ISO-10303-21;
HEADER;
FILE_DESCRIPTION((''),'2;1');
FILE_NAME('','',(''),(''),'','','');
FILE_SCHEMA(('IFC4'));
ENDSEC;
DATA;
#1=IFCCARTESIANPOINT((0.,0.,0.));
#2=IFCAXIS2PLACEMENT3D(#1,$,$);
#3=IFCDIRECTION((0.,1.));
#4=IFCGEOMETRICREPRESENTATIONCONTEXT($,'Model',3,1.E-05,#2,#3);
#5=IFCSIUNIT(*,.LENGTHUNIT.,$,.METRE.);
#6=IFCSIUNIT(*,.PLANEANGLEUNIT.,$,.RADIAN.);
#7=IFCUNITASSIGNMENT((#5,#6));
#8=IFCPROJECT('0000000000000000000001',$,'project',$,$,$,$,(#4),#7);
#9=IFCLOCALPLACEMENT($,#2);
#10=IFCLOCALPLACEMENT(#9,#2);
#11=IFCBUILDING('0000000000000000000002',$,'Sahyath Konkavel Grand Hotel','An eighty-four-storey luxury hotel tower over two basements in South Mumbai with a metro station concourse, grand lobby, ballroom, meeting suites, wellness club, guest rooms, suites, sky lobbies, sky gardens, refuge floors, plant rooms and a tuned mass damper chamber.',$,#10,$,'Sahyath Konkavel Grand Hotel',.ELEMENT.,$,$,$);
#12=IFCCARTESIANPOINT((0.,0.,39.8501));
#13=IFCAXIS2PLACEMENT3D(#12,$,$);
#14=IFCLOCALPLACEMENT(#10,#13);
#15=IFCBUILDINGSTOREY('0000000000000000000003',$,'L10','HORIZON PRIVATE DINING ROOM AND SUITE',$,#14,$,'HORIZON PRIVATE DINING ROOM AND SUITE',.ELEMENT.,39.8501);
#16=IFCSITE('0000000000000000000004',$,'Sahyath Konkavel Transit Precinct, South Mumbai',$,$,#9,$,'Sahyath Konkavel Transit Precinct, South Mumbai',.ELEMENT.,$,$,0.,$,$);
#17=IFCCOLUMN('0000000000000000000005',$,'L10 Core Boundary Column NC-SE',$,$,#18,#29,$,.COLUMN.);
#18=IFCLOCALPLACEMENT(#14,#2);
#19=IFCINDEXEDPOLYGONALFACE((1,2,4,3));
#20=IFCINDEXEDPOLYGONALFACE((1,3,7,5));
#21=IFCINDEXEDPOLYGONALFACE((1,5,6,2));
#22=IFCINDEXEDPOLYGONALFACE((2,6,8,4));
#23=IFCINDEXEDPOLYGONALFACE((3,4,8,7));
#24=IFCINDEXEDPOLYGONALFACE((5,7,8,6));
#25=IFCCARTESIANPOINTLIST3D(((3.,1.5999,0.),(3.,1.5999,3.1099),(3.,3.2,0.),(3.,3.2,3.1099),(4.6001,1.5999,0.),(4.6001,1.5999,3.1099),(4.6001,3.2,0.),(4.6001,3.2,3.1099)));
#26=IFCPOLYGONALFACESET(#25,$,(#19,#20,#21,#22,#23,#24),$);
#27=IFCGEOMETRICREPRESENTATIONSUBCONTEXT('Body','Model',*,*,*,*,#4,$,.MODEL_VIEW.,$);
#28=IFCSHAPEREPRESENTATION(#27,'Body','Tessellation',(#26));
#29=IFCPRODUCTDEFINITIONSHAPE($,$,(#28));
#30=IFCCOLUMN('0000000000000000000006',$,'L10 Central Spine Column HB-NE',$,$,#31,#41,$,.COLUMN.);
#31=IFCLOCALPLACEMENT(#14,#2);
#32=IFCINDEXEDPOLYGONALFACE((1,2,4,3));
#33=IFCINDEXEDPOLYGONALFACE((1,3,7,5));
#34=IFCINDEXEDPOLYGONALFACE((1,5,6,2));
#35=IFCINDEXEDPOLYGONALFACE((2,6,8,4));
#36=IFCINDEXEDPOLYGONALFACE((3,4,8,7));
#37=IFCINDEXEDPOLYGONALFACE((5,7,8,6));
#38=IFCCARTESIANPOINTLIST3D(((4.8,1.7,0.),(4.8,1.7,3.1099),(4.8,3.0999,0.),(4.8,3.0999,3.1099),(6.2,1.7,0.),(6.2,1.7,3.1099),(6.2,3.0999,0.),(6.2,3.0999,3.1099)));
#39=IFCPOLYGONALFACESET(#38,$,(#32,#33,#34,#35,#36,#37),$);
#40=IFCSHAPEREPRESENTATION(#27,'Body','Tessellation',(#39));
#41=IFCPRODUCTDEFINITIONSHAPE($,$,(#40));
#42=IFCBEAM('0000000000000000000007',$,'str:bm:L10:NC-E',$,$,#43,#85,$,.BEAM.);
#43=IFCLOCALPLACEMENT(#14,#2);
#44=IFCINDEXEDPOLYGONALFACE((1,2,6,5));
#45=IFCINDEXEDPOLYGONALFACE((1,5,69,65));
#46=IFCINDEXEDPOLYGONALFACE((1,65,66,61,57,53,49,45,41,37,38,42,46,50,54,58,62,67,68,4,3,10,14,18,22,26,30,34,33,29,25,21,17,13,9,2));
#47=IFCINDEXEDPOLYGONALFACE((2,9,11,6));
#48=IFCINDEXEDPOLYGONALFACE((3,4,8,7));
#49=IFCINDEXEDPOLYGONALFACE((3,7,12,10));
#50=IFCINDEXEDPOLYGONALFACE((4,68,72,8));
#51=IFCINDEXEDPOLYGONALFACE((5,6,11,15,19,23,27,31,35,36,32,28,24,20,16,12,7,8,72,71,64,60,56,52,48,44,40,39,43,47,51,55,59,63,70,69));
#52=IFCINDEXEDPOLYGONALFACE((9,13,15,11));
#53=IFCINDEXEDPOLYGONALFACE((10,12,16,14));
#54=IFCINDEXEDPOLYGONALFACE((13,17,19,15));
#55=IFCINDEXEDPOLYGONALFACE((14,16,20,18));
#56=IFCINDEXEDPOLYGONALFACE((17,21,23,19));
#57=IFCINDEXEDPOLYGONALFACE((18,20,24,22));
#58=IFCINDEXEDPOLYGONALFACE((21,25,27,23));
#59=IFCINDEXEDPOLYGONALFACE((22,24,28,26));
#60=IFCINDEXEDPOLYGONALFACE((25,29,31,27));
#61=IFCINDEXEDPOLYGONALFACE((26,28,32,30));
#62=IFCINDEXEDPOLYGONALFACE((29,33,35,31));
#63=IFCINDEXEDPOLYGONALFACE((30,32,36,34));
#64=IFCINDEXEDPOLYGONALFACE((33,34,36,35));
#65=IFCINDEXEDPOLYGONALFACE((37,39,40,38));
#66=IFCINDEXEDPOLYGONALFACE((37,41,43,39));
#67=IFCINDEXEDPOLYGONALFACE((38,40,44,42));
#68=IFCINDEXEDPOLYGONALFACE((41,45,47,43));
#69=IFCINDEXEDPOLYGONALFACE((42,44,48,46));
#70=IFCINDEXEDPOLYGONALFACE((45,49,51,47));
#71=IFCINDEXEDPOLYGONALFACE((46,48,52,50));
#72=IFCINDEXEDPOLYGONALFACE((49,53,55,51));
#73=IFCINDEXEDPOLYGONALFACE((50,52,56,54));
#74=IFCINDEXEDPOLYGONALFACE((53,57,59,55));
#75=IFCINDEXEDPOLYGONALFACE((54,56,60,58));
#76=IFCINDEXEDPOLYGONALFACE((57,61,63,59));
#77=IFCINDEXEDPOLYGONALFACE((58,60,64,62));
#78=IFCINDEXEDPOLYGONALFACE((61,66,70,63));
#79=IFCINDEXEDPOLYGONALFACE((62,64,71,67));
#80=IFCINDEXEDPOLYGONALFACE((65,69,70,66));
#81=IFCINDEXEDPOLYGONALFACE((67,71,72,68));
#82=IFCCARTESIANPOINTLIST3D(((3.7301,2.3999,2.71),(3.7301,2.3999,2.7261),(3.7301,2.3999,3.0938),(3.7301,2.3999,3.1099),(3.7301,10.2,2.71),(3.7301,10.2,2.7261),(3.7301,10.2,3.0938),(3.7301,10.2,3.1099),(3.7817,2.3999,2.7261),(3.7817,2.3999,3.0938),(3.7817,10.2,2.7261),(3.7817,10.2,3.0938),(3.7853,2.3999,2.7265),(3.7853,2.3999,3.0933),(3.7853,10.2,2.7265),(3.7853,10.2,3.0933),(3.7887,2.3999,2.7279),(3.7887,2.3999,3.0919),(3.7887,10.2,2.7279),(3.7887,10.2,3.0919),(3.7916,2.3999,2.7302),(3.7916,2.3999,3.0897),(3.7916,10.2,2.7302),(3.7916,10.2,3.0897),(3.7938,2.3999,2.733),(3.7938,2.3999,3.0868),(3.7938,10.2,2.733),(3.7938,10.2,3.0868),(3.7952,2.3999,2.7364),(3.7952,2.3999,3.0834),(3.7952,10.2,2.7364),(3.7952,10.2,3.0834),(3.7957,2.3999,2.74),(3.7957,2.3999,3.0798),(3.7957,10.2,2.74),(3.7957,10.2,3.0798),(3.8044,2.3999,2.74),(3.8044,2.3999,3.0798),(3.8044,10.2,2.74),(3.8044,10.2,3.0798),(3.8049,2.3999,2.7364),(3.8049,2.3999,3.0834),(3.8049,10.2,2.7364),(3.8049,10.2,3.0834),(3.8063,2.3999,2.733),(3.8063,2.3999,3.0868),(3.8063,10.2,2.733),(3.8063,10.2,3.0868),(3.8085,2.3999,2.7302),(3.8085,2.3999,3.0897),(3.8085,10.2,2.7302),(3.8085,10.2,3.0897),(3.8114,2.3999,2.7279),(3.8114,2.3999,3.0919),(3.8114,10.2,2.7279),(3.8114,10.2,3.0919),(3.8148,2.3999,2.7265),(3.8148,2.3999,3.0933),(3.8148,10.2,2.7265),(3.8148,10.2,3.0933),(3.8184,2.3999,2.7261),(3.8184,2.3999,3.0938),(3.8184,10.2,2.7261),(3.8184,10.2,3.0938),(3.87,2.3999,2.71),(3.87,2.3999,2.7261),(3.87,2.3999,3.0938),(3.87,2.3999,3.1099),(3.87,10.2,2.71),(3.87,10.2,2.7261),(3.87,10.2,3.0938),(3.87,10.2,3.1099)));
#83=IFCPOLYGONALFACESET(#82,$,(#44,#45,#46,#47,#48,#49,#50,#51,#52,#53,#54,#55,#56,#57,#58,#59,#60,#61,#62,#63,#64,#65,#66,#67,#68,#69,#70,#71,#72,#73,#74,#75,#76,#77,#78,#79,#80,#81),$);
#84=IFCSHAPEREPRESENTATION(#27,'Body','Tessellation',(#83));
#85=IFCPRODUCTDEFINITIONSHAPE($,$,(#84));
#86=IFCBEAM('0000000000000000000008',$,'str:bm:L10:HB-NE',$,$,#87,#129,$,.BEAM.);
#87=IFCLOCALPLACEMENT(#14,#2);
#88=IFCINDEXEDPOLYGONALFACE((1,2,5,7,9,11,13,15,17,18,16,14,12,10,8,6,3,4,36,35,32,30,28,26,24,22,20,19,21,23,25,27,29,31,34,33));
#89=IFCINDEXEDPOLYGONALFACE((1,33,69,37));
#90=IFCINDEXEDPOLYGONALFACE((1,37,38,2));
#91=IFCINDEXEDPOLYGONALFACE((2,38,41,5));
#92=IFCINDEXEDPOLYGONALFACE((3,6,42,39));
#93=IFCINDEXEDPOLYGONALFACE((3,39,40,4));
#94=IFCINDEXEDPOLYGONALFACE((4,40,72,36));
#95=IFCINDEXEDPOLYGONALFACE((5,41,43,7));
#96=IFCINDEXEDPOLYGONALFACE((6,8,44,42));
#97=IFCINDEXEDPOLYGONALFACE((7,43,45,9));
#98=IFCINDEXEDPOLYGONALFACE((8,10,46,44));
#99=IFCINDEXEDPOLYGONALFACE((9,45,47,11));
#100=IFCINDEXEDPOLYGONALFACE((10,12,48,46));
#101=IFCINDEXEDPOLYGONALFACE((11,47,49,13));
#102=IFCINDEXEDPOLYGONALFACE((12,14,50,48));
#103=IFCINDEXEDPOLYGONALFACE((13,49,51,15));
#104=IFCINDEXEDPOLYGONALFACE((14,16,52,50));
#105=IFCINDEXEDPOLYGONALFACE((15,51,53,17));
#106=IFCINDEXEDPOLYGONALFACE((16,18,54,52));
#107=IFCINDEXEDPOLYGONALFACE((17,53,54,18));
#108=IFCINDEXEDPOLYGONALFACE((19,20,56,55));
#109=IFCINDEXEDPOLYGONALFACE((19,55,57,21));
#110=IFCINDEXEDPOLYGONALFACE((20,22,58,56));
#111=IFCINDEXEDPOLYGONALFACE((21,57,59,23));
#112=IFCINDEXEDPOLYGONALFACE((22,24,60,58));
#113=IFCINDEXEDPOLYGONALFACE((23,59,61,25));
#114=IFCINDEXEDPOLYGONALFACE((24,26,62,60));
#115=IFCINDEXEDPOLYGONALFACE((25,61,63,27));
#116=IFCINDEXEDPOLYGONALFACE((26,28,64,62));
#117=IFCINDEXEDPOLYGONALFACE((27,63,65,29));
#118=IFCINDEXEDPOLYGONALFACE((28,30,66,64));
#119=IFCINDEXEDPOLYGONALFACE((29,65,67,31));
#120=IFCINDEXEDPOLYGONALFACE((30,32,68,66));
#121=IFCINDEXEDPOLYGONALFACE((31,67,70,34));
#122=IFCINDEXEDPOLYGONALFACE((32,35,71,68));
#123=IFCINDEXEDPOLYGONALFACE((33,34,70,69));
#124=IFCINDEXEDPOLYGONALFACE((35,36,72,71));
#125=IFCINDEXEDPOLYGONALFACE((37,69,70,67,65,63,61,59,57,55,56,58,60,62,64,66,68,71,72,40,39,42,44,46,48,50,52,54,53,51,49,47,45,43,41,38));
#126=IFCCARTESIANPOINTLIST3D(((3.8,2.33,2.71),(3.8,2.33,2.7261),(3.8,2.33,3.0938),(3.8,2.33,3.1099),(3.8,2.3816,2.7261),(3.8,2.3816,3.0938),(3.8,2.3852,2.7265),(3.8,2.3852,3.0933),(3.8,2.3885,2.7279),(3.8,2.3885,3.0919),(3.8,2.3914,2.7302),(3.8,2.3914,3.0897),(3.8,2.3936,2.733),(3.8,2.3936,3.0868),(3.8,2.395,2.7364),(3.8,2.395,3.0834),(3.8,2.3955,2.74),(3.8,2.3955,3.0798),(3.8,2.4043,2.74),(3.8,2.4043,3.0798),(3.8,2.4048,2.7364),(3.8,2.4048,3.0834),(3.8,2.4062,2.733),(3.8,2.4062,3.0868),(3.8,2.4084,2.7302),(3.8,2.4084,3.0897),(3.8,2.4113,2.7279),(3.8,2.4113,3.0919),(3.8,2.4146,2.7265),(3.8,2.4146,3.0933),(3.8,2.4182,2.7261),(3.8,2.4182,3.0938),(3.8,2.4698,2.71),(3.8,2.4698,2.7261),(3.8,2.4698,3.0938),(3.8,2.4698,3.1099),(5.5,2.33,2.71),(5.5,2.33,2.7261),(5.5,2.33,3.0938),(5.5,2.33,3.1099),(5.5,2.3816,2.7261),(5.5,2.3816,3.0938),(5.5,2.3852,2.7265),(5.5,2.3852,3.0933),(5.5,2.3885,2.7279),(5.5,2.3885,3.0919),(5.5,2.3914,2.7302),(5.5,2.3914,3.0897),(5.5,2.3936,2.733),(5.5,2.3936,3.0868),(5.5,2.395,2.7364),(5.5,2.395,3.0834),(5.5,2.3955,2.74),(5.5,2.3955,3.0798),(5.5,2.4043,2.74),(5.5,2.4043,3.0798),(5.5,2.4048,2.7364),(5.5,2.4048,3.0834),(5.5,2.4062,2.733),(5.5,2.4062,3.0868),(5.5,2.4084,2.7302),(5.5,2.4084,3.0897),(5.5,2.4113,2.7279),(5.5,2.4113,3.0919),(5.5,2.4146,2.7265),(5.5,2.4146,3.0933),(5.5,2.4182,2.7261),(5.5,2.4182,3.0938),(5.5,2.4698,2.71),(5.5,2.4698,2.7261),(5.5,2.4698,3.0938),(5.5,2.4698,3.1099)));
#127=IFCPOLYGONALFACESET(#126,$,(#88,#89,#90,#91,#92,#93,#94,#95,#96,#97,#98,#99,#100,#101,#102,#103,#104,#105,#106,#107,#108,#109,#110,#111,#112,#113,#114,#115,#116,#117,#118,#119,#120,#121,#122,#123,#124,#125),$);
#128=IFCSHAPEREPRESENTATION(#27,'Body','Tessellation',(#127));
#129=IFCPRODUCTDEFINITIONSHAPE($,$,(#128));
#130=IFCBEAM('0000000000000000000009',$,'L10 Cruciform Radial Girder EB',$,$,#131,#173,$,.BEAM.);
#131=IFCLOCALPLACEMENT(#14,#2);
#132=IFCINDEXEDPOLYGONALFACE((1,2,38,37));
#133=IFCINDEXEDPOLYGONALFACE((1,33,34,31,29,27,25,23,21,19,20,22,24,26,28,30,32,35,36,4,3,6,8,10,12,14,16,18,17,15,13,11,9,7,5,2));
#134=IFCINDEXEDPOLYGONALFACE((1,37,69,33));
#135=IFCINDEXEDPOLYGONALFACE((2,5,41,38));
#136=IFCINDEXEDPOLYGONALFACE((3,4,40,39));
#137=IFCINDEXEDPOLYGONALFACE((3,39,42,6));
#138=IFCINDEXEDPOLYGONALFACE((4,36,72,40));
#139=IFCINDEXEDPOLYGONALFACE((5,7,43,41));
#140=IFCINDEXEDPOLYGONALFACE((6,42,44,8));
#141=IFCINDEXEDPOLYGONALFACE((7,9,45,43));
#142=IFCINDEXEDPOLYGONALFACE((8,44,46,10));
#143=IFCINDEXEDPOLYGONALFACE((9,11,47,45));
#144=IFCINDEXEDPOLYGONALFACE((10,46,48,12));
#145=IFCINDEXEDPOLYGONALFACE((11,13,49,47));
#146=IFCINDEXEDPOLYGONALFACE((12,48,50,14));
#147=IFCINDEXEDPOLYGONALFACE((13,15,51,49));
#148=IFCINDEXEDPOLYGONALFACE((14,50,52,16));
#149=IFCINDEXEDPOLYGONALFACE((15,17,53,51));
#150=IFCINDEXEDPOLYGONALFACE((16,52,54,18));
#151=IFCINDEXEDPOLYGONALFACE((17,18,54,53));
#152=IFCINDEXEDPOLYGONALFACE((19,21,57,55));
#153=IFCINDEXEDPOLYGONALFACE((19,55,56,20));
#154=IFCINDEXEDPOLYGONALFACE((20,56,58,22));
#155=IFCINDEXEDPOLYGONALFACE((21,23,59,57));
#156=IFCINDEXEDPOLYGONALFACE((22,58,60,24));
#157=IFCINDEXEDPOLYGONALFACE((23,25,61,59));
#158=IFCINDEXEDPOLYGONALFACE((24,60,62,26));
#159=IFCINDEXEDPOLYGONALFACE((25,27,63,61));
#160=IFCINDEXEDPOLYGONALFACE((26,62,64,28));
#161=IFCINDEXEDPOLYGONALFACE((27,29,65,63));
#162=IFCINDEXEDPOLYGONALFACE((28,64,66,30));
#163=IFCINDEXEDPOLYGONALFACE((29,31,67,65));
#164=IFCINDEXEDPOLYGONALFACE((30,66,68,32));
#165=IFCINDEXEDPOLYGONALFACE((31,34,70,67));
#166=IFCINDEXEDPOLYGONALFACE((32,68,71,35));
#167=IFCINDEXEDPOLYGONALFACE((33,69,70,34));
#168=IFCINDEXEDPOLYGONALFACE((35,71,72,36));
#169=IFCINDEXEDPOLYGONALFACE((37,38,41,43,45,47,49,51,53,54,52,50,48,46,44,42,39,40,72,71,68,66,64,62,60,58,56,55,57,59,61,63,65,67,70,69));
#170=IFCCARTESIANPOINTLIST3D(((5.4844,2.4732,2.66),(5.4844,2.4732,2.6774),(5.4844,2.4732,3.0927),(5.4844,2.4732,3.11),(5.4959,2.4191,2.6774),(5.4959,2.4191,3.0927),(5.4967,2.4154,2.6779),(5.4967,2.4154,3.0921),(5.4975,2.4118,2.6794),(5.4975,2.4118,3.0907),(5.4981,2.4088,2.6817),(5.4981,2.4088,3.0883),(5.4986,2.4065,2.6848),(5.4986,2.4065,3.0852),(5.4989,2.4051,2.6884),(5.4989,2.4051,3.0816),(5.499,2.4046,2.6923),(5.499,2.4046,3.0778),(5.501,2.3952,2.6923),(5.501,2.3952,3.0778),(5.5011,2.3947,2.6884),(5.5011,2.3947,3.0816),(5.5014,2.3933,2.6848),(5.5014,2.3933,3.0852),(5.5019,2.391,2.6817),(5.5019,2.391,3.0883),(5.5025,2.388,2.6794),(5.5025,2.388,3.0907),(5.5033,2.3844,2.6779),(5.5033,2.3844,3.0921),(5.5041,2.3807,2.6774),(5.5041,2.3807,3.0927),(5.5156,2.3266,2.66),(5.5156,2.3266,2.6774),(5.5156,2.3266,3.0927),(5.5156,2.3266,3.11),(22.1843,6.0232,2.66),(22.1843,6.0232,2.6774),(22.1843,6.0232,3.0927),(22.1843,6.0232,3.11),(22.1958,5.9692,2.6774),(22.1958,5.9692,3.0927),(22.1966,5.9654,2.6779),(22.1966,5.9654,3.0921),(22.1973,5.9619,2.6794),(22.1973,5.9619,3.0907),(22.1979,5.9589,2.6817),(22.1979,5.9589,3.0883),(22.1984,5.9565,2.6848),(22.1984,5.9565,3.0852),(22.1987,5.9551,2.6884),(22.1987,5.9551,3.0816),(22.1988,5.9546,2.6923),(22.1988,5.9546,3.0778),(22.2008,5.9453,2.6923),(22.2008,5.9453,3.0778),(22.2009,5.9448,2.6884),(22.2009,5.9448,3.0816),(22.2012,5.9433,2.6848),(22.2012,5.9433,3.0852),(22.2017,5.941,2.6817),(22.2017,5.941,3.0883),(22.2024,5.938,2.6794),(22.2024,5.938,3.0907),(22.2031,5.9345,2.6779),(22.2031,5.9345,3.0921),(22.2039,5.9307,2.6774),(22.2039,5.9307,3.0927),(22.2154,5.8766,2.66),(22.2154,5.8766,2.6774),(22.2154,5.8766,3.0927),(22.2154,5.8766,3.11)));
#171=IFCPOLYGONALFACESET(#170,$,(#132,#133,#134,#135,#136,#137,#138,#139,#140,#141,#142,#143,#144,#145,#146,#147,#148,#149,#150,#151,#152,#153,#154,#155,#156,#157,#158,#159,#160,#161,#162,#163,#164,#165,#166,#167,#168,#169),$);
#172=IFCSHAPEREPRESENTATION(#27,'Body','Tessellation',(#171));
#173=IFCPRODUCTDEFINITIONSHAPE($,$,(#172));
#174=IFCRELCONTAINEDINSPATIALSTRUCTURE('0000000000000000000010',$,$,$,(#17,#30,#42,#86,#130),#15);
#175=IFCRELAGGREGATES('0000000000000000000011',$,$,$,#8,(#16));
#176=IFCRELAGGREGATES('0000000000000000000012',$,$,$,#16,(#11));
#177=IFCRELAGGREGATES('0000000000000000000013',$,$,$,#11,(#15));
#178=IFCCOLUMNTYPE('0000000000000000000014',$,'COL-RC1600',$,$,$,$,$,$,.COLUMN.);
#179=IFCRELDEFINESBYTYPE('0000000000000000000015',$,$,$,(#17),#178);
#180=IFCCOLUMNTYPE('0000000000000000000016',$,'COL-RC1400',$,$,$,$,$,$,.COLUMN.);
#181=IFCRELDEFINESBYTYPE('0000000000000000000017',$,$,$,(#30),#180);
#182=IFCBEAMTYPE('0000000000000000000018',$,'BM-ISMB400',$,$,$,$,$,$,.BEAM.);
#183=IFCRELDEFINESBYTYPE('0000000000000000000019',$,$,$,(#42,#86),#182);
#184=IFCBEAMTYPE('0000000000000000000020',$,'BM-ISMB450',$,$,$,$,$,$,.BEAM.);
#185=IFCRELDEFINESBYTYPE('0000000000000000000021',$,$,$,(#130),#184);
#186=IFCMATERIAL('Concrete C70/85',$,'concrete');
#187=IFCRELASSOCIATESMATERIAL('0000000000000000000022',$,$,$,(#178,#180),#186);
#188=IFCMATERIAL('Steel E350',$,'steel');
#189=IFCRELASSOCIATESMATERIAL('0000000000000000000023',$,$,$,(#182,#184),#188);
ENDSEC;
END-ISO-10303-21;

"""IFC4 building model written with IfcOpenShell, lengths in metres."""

from ifc_helpers import new_model, si_unit, direction, frame, origin, origin_2d, place, context, subcontext, project, spatial, rectangle, i_section, extrude, source, transform, mapped, material, material_profile, profile_set, type_object, element, save


model = new_model("IFC4")

# Units and contexts
model_context = context("Model", 3, precision=1e-05, world=origin(), true_north=direction((0.0, 1.0)))
body_context = subcontext(model_context, "Body", "Model", "MODEL_VIEW")
ifc_project = project(units=[si_unit("LENGTHUNIT", "METRE"), si_unit("PLANEANGLEUNIT", "RADIAN")], contexts=[model_context])

# Site, building, storey
site_placement = place(None, origin())
site = spatial("IfcSite", under=ifc_project, at=site_placement, Name="Sahyath Konkavel Transit Precinct, South Mumbai", LongName="Sahyath Konkavel Transit Precinct, South Mumbai", CompositionType="ELEMENT", RefElevation=0.0)
building_placement = place(site_placement, origin())
building = spatial("IfcBuilding", under=site, at=building_placement, Name="Sahyath Konkavel Grand Hotel", Description="An eighty-four-storey luxury hotel tower over two basements in South Mumbai with a metro station concourse, grand lobby, ballroom, meeting suites, wellness club, guest rooms, suites, sky lobbies, sky gardens, refuge floors, plant rooms and a tuned mass damper chamber.", LongName="Sahyath Konkavel Grand Hotel", CompositionType="ELEMENT")
storey_placement = place(building_placement, frame((0.0, 0.0, 39.8501)))
storey = spatial("IfcBuildingStorey", under=building, at=storey_placement, Name="L10", Description="HORIZON PRIVATE DINING ROOM AND SUITE", LongName="HORIZON PRIVATE DINING ROOM AND SUITE", CompositionType="ELEMENT", Elevation=39.8501)

# Columns
ifc_material_1 = material(Name="Concrete C70/85", Category="concrete")
ifc_material_profile_1 = material_profile(ifc_material_1, rectangle(XDim=1.6001, YDim=1.6001, at=origin_2d()), Name="RC 1600x1600")
ifc_profile_set_1 = profile_set([ifc_material_profile_1], Name="Concrete C70/85")
column_type_1 = type_object("IfcColumnType", Name="COL-RC1600", PredefinedType="COLUMN", material=ifc_profile_set_1)
shared_shape_1 = source(origin(), body_context, "Body", "SweptSolid", [
    extrude(rectangle(XDim=1.6001, YDim=1.6001, at=origin_2d()), origin(), (0.0, 0.0, 1.0), 3.1099),
])
column_1_placement = place(storey_placement, frame((3.8, 2.3999, 0.0), z_axis=(0.0, 0.0, 1.0), x_axis=(1.0, 0.0, 0.0)))
element("IfcColumn", 1, at=column_1_placement, inside=storey, type_object=column_type_1, Name="L10 Core Boundary Column NC-SE", PredefinedType="COLUMN", context=body_context, shape_type="MappedRepresentation", body=[
    mapped(shared_shape_1, transform((0.0, 0.0, 0.0), scale=1.0)),
])
ifc_material_profile_2 = material_profile(ifc_material_1, rectangle(XDim=1.3999, YDim=1.3999, at=origin_2d()), Name="RC 1400x1400")
ifc_profile_set_2 = profile_set([ifc_material_profile_2], Name="Concrete C70/85")
column_type_2 = type_object("IfcColumnType", Name="COL-RC1400", PredefinedType="COLUMN", material=ifc_profile_set_2)
shared_shape_2 = source(origin(), body_context, "Body", "SweptSolid", [
    extrude(rectangle(XDim=1.3999, YDim=1.3999, at=origin_2d()), origin(), (0.0, 0.0, 1.0), 3.1099),
])
column_2_placement = place(storey_placement, frame((5.5, 2.3999, 0.0), z_axis=(0.0, 0.0, 1.0), x_axis=(1.0, 0.0, 0.0)))
element("IfcColumn", 2, at=column_2_placement, inside=storey, type_object=column_type_2, Name="L10 Central Spine Column HB-NE", PredefinedType="COLUMN", context=body_context, shape_type="MappedRepresentation", body=[
    mapped(shared_shape_2, transform((0.0, 0.0, 0.0), scale=1.0)),
])

# Beams
ifc_material_2 = material(Name="Steel E350", Category="steel")
ifc_material_profile_3 = material_profile(ifc_material_2, i_section(OverallWidth=0.1399, OverallDepth=0.3999, WebThickness=0.0088, FlangeThickness=0.0161, FilletRadius=0.0139, at=origin_2d()), Name="ISMB 400")
ifc_profile_set_3 = profile_set([ifc_material_profile_3], Name="Steel E350")
beam_type_1 = type_object("IfcBeamType", Name="BM-ISMB400", PredefinedType="BEAM", material=ifc_profile_set_3)
shared_shape_3 = source(origin(), body_context, "Body", "SweptSolid", [
    extrude(i_section(OverallWidth=0.1399, OverallDepth=0.3999, WebThickness=0.0088, FlangeThickness=0.0161, FilletRadius=0.0139, at=origin_2d()), origin(), (0.0, 0.0, 1.0), 7.8),
])
beam_1_placement = place(storey_placement, frame((3.8, 2.3999, 2.9099), z_axis=(0.0, 1.0, 0.0), x_axis=(-1.0, 0.0, 0.0)))
element("IfcBeam", 3, at=beam_1_placement, inside=storey, type_object=beam_type_1, Name="str:bm:L10:NC-E", PredefinedType="BEAM", context=body_context, shape_type="MappedRepresentation", body=[
    mapped(shared_shape_3, transform((0.0, 0.0, 0.0), scale=1.0)),
])
shared_shape_4 = source(origin(), body_context, "Body", "SweptSolid", [
    extrude(i_section(OverallWidth=0.1399, OverallDepth=0.3999, WebThickness=0.0088, FlangeThickness=0.0161, FilletRadius=0.0139, at=origin_2d()), origin(), (0.0, 0.0, 1.0), 1.7),
])
beam_2_placement = place(storey_placement, frame((3.8, 2.3999, 2.9099), z_axis=(1.0, 0.0, 0.0), x_axis=(0.0, 1.0, 0.0)))
element("IfcBeam", 4, at=beam_2_placement, inside=storey, type_object=beam_type_1, Name="str:bm:L10:HB-NE", PredefinedType="BEAM", context=body_context, shape_type="MappedRepresentation", body=[
    mapped(shared_shape_4, transform((0.0, 0.0, 0.0), scale=1.0)),
])
ifc_material_profile_4 = material_profile(ifc_material_2, i_section(OverallWidth=0.1499, OverallDepth=0.45, WebThickness=0.0095, FlangeThickness=0.0173, FilletRadius=0.0149, at=origin_2d()), Name="ISMB 450")
ifc_profile_set_4 = profile_set([ifc_material_profile_4], Name="Steel E350")
beam_type_2 = type_object("IfcBeamType", Name="BM-ISMB450", PredefinedType="BEAM", material=ifc_profile_set_4)
shared_shape_5 = source(origin(), body_context, "Body", "SweptSolid", [
    extrude(i_section(OverallWidth=0.1499, OverallDepth=0.45, WebThickness=0.0095, FlangeThickness=0.0173, FilletRadius=0.0149, at=origin_2d()), origin(), (0.0, 0.0, 1.0), 17.073),
])
beam_3_placement = place(storey_placement, frame((5.5, 2.3999, 2.885), z_axis=(0.978143, 0.207932, 0.0), x_axis=(-0.207932, 0.978143, 0.0)))
element("IfcBeam", 5, at=beam_3_placement, inside=storey, type_object=beam_type_2, Name="L10 Cruciform Radial Girder EB", PredefinedType="BEAM", context=body_context, shape_type="MappedRepresentation", body=[
    mapped(shared_shape_5, transform((0.0, 0.0, 0.0), scale=1.0)),
])

save(model, "model.ifc")
